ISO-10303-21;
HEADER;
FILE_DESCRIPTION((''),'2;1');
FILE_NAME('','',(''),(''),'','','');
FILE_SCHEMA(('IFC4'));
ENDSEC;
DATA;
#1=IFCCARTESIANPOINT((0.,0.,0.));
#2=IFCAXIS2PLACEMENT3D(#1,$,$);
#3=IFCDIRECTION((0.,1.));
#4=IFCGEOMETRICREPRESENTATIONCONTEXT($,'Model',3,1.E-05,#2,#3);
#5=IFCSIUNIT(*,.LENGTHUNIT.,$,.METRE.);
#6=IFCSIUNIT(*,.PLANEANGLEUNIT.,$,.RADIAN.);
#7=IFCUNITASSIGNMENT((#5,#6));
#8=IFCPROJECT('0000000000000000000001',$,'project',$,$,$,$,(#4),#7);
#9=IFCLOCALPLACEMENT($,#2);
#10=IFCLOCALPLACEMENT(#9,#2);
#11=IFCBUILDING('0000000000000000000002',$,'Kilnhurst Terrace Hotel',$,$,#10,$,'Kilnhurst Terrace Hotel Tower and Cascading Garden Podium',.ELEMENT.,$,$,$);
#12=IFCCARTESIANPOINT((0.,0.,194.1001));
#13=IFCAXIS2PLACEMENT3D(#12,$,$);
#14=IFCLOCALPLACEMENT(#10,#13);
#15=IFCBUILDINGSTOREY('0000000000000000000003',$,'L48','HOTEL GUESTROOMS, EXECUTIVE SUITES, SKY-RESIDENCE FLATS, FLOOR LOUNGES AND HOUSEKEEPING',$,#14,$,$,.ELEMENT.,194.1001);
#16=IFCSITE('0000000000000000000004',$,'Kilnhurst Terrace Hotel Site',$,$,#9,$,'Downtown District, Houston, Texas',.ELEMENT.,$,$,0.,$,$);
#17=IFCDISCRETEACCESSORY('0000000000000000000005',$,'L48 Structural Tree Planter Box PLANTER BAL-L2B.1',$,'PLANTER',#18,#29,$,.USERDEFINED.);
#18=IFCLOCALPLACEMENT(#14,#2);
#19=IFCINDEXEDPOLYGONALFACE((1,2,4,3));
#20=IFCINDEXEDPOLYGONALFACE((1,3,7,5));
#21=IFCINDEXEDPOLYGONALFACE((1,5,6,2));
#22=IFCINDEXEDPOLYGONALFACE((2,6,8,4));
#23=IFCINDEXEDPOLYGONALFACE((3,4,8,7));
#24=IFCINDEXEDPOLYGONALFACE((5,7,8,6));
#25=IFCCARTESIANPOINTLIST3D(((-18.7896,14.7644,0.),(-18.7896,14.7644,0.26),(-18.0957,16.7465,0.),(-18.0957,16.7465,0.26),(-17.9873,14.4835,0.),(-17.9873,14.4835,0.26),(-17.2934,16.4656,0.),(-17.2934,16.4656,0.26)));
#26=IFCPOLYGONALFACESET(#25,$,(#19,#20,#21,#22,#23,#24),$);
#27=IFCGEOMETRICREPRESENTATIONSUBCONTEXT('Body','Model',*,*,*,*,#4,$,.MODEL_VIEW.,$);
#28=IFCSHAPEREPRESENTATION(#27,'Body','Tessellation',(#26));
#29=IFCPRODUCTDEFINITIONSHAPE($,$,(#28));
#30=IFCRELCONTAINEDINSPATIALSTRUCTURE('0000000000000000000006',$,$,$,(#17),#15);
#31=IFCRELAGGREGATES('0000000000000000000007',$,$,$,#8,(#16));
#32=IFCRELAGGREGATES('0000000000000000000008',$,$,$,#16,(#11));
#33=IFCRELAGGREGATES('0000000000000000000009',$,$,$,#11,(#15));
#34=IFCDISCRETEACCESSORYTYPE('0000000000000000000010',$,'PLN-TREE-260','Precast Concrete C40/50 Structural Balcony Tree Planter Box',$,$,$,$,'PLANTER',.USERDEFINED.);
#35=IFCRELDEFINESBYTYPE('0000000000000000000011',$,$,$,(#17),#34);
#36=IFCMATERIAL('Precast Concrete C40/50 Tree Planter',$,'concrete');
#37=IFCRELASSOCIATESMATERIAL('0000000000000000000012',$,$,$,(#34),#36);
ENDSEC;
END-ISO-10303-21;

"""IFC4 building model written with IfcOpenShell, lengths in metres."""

from ifc_helpers import new_model, si_unit, direction, frame, origin, origin_2d, place, context, subcontext, project, spatial, rectangle, extrude, material, type_object, element, save


model = new_model("IFC4")

# Units and contexts
model_context = context("Model", 3, precision=1e-05, world=origin(), true_north=direction((0.0, 1.0)))
body_context = subcontext(model_context, "Body", "Model", "MODEL_VIEW")
ifc_project = project(units=[si_unit("LENGTHUNIT", "METRE"), si_unit("PLANEANGLEUNIT", "RADIAN")], contexts=[model_context])

# Site, building, storey
site_placement = place(None, origin())
site = spatial("IfcSite", under=ifc_project, at=site_placement, Name="Kilnhurst Terrace Hotel Site", LongName="Downtown District, Houston, Texas", CompositionType="ELEMENT", RefElevation=0.0)
building_placement = place(site_placement, origin())
building = spatial("IfcBuilding", under=site, at=building_placement, Name="Kilnhurst Terrace Hotel", LongName="Kilnhurst Terrace Hotel Tower and Cascading Garden Podium", CompositionType="ELEMENT")
storey_placement = place(building_placement, frame((0.0, 0.0, 194.1001)))
storey = spatial("IfcBuildingStorey", under=building, at=storey_placement, Name="L48", Description="HOTEL GUESTROOMS, EXECUTIVE SUITES, SKY-RESIDENCE FLATS, FLOOR LOUNGES AND HOUSEKEEPING", CompositionType="ELEMENT", Elevation=194.1001)

# Discrete accessory
ifc_material_1 = material(Name="Precast Concrete C40/50 Tree Planter", Category="concrete")
discrete_accessory_type_1 = type_object("IfcDiscreteAccessoryType", Name="PLN-TREE-260", Description="Precast Concrete C40/50 Structural Balcony Tree Planter Box", ElementType="PLANTER", PredefinedType="USERDEFINED", material=ifc_material_1)
discrete_accessory_1_placement = place(storey_placement, frame((-18.0415, 15.615, 0.0), z_axis=(0.0, 0.0, 1.0), x_axis=(-0.330432, -0.94383, 0.0)))
element("IfcDiscreteAccessory", 1, at=discrete_accessory_1_placement, inside=storey, type_object=discrete_accessory_type_1, Name="L48 Structural Tree Planter Box PLANTER BAL-L2B.1", ObjectType="PLANTER", PredefinedType="USERDEFINED", context=body_context, shape_type="SweptSolid", body=[
    extrude(rectangle(XDim=2.1001, YDim=0.8501, at=origin_2d()), origin(), (0.0, 0.0, 1.0), 0.26),
])

save(model, "model.ifc")
